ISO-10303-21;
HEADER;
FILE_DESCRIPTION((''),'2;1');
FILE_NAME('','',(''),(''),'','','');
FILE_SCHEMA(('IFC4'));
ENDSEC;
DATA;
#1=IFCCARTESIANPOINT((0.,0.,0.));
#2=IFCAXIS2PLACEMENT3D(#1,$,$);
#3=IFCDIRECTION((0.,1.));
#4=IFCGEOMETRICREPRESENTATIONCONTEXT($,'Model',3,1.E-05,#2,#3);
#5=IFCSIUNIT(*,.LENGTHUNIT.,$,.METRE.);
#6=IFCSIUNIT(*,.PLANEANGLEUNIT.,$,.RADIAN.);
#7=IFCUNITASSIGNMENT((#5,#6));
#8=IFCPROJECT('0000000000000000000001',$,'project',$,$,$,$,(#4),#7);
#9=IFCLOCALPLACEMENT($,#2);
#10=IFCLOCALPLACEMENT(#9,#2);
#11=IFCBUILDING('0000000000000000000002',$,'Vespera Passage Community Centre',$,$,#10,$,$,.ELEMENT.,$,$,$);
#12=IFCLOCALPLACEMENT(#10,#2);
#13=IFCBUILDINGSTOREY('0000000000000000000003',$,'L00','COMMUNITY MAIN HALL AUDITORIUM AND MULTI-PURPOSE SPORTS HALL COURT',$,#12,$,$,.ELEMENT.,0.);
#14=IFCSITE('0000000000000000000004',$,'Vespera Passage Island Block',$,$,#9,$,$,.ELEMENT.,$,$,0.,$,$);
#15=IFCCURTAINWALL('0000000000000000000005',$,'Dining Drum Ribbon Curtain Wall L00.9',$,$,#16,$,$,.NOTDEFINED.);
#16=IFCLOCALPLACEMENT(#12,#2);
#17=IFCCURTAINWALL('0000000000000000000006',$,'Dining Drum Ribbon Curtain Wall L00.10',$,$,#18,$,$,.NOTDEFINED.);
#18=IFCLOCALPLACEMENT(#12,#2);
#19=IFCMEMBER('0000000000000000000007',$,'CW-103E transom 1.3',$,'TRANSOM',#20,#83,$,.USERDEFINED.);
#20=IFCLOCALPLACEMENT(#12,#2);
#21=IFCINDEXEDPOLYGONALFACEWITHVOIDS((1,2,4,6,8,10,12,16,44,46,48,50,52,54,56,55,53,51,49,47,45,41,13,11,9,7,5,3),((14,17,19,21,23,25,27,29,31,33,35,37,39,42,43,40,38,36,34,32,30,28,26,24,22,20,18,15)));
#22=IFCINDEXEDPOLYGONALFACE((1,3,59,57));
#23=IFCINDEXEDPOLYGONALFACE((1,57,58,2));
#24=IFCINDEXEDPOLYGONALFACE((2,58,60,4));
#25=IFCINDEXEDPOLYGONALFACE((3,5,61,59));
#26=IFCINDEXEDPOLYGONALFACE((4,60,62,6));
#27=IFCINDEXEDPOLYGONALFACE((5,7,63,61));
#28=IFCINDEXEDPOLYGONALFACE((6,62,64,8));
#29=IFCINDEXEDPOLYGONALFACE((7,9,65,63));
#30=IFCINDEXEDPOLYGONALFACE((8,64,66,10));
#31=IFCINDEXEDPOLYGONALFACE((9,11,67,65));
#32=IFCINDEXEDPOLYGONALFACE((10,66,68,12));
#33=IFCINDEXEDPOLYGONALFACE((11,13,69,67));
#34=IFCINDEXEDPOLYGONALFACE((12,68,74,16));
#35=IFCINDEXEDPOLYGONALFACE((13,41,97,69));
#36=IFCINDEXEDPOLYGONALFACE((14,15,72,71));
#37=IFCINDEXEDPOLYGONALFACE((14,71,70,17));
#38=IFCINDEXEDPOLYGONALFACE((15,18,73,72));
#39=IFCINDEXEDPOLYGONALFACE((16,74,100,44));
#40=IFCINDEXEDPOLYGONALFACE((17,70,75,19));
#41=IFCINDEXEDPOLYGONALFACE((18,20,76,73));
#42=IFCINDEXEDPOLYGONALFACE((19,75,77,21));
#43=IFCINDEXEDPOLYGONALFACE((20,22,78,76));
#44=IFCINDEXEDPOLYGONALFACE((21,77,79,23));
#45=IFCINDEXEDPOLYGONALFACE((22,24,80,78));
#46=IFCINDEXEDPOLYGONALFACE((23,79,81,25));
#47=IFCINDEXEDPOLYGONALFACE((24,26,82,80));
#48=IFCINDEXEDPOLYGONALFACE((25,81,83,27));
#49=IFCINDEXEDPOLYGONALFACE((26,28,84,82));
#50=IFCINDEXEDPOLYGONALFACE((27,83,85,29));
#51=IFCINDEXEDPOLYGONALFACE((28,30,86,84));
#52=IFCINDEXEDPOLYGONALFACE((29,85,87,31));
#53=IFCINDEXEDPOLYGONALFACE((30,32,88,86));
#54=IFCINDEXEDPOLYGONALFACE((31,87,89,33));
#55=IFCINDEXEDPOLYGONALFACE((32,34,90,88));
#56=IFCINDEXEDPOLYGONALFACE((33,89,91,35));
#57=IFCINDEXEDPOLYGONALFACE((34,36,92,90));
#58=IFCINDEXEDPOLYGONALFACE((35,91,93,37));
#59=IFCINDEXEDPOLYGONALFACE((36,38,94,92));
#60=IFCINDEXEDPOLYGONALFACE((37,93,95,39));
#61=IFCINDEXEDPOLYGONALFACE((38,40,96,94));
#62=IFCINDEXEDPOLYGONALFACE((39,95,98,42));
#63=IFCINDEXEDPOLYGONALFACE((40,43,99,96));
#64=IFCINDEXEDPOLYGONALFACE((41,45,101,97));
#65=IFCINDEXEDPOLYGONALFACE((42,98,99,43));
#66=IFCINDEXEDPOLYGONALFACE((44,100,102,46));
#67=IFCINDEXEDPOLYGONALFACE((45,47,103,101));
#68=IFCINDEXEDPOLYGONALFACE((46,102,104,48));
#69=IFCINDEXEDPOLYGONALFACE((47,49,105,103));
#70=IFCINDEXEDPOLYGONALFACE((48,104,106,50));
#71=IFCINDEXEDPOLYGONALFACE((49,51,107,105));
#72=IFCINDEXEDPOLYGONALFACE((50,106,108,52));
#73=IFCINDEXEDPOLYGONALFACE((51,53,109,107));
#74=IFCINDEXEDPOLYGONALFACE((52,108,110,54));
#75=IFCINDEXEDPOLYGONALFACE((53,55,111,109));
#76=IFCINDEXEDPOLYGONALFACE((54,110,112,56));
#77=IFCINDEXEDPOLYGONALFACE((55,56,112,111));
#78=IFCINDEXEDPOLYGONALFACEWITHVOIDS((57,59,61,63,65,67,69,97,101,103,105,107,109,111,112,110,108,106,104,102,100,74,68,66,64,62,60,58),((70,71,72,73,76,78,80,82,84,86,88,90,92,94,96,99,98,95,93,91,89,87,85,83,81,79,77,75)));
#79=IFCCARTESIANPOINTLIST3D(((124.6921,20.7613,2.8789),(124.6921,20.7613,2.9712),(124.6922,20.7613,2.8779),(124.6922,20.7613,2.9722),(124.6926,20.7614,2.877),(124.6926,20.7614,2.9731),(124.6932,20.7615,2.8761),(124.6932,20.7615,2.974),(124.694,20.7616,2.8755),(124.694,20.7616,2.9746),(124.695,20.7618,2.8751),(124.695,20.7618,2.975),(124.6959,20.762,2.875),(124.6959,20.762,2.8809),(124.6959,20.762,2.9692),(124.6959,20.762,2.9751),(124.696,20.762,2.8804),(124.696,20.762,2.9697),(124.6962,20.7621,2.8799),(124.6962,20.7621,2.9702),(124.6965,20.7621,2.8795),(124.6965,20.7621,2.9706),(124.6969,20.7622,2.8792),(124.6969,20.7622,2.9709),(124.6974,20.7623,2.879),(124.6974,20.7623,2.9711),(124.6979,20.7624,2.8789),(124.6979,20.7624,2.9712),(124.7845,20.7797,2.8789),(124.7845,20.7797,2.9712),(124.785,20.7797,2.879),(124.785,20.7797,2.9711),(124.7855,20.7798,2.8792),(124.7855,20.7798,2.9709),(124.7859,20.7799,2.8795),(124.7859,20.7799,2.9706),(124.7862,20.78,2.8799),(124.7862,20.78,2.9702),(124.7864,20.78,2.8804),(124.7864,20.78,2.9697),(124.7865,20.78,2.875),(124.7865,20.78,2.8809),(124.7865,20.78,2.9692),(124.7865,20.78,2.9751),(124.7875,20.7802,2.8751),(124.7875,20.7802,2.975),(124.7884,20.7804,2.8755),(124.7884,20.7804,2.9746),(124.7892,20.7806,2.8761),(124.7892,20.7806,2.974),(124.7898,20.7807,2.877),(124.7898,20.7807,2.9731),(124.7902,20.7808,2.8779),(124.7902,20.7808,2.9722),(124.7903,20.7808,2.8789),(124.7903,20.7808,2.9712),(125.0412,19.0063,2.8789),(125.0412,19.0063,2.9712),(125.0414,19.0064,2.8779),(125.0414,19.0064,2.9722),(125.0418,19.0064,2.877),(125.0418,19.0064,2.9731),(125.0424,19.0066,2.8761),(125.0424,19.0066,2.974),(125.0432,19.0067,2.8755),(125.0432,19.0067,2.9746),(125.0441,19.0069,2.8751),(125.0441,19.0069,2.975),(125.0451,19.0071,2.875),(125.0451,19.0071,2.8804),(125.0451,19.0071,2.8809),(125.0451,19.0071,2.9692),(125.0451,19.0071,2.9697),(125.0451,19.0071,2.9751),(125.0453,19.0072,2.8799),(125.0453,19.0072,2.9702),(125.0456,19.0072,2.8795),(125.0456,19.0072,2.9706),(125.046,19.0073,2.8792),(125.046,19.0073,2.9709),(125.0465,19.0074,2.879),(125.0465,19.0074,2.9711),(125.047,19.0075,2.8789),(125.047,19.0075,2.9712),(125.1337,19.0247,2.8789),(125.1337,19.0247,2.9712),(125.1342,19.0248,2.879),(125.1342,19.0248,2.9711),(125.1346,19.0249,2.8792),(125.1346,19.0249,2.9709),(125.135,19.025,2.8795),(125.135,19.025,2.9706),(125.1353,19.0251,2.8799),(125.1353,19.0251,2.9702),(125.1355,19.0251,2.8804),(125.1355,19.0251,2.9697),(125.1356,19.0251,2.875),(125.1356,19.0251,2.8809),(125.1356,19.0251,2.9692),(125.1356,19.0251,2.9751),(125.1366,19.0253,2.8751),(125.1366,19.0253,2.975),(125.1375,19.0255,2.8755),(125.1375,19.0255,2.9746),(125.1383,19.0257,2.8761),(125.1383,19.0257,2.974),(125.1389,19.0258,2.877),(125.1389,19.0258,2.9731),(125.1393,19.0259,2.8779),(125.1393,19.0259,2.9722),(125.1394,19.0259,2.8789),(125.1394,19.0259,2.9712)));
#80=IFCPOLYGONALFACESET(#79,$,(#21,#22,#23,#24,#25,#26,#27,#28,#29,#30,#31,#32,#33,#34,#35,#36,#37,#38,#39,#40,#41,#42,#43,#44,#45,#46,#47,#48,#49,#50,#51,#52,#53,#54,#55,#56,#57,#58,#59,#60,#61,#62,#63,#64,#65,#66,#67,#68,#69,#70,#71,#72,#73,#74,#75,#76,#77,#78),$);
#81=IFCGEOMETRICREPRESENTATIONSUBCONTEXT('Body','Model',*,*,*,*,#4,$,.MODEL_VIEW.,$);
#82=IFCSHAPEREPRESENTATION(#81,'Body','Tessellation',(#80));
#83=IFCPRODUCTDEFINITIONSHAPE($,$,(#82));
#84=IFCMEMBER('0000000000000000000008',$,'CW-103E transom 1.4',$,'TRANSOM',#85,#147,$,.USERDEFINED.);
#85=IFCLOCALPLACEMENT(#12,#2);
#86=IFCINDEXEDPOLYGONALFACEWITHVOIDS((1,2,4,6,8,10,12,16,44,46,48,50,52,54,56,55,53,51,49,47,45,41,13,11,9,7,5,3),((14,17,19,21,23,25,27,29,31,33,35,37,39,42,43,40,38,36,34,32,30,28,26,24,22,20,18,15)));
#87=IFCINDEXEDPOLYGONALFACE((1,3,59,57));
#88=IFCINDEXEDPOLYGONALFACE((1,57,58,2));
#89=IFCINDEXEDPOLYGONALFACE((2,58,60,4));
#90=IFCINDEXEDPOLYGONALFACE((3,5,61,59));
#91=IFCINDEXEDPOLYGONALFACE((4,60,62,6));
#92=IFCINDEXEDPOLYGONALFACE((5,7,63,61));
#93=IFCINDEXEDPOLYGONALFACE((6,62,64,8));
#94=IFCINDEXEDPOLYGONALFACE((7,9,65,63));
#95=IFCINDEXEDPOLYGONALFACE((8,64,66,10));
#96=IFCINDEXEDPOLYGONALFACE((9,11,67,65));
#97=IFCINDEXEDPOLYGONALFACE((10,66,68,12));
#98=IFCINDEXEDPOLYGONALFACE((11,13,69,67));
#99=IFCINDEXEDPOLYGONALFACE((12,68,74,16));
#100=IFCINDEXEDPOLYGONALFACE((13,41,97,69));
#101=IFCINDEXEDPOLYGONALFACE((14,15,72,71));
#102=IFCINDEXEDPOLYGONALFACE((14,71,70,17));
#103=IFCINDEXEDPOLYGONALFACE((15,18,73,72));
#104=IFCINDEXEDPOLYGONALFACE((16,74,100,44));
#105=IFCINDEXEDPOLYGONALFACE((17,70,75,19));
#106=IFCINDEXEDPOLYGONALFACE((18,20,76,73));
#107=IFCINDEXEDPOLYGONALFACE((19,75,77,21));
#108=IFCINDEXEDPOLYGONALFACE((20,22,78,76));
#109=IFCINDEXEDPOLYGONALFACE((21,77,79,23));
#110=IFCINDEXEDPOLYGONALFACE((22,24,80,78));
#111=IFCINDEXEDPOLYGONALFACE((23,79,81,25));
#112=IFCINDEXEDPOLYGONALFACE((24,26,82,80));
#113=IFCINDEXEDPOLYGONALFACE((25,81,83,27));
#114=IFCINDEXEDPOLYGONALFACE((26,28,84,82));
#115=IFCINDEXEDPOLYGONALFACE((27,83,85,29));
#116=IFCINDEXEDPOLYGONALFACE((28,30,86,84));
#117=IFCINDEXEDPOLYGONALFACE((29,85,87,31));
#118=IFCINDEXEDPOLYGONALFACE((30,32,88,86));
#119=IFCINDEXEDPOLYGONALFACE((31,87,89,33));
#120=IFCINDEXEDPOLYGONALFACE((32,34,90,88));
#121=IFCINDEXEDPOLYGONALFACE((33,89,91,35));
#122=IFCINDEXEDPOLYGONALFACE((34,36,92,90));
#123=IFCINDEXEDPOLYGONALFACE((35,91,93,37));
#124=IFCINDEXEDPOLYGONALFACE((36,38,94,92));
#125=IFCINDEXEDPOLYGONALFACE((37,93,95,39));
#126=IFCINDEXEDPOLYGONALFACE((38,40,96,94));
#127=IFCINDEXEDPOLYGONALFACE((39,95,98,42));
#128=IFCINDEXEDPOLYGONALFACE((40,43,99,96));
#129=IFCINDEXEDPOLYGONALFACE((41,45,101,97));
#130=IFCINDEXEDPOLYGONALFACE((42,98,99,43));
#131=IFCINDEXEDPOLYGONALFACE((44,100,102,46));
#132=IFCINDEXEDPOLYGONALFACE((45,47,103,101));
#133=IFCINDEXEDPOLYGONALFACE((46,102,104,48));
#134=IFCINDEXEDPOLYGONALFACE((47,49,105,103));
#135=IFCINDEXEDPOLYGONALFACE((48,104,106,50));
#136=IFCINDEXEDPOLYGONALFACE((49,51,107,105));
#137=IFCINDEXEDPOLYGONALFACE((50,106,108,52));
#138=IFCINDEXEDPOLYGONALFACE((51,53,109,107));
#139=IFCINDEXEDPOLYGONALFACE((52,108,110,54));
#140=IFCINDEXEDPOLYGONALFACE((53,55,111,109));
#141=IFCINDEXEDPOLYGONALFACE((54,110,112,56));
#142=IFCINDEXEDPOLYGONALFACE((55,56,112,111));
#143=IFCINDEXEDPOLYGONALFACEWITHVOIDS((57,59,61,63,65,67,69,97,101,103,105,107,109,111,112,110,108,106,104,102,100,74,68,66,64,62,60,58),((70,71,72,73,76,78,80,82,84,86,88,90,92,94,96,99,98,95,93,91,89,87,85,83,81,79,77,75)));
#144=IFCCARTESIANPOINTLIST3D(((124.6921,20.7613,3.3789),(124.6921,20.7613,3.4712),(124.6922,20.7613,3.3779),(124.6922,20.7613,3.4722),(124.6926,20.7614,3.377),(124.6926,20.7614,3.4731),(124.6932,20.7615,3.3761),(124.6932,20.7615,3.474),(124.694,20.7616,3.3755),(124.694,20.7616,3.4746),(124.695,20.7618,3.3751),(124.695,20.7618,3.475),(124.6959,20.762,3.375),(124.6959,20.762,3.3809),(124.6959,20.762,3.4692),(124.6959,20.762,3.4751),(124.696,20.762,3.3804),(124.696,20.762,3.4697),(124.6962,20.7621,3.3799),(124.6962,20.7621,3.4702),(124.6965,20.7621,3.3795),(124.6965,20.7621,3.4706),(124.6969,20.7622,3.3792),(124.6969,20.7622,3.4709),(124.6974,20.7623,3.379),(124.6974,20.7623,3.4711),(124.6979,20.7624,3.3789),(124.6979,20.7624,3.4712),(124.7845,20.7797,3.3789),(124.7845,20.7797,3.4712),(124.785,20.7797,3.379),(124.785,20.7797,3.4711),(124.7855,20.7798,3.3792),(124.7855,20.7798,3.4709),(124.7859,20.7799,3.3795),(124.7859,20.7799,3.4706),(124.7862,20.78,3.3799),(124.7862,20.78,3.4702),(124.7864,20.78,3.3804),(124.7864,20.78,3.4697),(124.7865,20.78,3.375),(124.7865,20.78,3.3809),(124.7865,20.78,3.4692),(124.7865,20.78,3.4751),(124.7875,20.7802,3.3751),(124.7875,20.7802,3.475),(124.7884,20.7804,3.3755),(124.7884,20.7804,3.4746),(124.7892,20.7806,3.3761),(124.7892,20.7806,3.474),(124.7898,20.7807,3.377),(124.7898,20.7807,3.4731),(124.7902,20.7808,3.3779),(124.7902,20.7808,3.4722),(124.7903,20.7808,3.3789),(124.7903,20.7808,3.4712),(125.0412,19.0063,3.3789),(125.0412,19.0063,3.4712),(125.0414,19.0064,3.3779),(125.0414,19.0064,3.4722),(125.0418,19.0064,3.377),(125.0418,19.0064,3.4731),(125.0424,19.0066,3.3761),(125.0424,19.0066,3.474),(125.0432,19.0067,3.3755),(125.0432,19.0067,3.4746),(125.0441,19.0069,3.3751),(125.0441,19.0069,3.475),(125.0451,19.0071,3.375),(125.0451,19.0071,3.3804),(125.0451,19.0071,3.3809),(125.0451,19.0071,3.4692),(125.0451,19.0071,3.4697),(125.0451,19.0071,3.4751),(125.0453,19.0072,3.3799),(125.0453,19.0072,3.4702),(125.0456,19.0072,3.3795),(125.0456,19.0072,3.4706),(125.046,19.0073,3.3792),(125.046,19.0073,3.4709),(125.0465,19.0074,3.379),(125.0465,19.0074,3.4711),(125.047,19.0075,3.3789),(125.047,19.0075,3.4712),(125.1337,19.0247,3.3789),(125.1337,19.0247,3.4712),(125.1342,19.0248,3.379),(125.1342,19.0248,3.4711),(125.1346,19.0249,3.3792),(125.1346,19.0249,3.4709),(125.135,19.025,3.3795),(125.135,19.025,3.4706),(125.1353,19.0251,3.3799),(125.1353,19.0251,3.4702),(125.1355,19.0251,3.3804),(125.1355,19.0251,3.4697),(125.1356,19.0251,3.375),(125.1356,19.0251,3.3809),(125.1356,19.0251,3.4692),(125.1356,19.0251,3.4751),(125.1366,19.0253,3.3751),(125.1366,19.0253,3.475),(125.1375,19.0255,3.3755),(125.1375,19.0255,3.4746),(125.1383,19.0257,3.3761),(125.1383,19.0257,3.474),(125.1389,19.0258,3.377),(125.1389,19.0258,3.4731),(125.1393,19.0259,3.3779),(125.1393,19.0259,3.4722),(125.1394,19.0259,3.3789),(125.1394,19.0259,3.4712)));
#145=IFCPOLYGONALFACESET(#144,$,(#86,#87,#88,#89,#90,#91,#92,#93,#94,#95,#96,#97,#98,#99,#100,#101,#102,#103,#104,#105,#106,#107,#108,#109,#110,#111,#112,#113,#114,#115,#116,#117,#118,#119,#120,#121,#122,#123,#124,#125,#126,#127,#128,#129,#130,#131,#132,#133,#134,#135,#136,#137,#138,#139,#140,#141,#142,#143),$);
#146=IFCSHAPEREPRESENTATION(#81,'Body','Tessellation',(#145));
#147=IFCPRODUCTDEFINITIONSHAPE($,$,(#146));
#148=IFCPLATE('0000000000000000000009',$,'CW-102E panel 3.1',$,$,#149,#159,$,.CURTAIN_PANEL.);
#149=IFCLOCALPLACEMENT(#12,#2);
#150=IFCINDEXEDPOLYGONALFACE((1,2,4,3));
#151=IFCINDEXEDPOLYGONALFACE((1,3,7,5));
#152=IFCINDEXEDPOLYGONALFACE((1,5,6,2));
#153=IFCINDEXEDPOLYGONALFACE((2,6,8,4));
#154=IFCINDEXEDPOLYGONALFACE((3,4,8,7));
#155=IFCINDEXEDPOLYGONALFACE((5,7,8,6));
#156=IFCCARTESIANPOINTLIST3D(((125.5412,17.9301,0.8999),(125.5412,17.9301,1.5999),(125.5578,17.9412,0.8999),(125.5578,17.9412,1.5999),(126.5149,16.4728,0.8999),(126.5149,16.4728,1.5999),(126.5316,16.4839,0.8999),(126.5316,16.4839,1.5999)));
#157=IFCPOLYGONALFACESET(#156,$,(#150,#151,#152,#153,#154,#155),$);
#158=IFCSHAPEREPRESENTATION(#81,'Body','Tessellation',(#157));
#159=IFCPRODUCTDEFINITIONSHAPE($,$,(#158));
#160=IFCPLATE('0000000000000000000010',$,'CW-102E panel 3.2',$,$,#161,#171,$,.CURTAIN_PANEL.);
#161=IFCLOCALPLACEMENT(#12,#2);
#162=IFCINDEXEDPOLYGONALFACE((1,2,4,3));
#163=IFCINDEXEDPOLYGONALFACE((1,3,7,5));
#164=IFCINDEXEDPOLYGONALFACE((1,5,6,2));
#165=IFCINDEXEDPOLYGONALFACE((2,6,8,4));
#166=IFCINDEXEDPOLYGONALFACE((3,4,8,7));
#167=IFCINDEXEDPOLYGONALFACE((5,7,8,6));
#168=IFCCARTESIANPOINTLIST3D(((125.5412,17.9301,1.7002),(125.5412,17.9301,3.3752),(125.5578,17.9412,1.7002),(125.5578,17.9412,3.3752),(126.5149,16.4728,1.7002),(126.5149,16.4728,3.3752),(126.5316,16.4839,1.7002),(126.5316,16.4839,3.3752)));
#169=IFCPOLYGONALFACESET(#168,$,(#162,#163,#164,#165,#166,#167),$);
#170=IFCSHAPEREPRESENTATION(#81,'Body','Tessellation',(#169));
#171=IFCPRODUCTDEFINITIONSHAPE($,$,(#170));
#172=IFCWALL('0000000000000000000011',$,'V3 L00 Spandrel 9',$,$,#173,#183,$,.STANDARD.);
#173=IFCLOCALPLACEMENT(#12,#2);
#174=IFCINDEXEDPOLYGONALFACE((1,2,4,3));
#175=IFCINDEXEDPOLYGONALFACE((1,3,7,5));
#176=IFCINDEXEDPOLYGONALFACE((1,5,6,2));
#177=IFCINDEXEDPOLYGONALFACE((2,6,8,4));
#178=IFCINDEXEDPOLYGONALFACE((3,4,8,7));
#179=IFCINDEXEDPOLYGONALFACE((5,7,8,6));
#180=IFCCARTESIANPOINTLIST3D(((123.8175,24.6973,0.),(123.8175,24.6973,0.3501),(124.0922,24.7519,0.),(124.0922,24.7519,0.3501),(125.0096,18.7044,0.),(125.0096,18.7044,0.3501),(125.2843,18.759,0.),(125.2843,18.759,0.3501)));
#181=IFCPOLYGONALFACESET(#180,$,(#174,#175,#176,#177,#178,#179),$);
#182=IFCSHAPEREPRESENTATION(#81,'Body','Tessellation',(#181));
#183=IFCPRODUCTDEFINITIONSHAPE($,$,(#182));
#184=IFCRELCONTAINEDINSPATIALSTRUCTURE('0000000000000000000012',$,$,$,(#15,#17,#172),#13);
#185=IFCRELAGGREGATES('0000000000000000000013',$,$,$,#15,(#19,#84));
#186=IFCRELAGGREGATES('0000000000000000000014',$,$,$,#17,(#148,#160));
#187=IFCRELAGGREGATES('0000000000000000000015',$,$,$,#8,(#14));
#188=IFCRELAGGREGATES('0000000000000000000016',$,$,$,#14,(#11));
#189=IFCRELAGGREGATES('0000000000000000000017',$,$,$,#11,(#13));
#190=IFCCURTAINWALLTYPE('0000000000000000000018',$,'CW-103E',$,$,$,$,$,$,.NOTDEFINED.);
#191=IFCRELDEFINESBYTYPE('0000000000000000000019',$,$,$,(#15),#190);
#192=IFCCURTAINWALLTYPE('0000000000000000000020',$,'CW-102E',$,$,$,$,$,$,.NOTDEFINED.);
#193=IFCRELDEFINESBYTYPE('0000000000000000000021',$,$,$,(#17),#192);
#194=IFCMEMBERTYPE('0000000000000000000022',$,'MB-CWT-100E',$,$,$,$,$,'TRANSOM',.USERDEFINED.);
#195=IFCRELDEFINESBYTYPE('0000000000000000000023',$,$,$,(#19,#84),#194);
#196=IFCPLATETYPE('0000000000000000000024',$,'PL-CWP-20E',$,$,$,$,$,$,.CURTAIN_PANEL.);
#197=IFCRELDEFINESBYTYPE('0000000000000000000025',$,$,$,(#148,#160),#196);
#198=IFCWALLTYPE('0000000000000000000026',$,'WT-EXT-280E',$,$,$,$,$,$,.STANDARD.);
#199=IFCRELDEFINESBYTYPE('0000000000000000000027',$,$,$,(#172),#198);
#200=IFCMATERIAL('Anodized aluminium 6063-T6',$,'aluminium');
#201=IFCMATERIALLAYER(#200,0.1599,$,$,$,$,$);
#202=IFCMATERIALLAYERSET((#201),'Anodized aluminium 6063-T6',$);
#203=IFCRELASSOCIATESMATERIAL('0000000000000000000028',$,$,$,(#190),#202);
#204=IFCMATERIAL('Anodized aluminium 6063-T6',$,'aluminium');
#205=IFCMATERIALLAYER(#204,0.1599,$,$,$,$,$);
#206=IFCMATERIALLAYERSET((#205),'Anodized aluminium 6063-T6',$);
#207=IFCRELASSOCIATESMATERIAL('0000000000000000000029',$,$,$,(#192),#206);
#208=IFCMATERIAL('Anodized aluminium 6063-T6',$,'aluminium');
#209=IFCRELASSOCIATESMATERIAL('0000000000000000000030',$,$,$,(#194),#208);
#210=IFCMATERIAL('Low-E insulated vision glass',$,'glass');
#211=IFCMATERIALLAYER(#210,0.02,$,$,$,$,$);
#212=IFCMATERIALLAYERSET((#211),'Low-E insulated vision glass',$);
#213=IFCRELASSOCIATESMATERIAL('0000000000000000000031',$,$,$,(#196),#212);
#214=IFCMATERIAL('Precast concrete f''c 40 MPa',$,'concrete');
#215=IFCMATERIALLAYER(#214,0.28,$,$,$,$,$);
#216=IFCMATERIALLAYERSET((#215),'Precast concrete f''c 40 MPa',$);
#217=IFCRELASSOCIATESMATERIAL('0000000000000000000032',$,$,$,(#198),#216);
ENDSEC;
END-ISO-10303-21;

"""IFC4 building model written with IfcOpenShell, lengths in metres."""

from ifc_helpers import new_model, si_unit, direction, frame, frame_2d, origin, origin_2d, place, context, subcontext, project, spatial, rectangle, hollow_rectangle, extrude, material, layer, layer_set, material_profile, profile_set, type_object, element, aggregate, save


model = new_model("IFC4")

# Units and contexts
model_context = context("Model", 3, precision=1e-05, world=origin(), true_north=direction((0.0, 1.0)))
body_context = subcontext(model_context, "Body", "Model", "MODEL_VIEW")
ifc_project = project(units=[si_unit("LENGTHUNIT", "METRE"), si_unit("PLANEANGLEUNIT", "RADIAN")], contexts=[model_context])

# Site, building, storey
site_placement = place(None, origin())
site = spatial("IfcSite", under=ifc_project, at=site_placement, Name="Vespera Passage Island Block", CompositionType="ELEMENT", RefElevation=0.0)
building_placement = place(site_placement, origin())
building = spatial("IfcBuilding", under=site, at=building_placement, Name="Vespera Passage Community Centre", CompositionType="ELEMENT")
storey_placement = place(building_placement, origin())
storey = spatial("IfcBuildingStorey", under=building, at=storey_placement, Name="L00", Description="COMMUNITY MAIN HALL AUDITORIUM AND MULTI-PURPOSE SPORTS HALL COURT", CompositionType="ELEMENT", Elevation=0.0)

# Curtain walls
ifc_material_1 = material(Name="Anodized aluminium 6063-T6", Category="aluminium")
ifc_layer_1 = layer(ifc_material_1, 0.1599)
ifc_layer_set_1 = layer_set([ifc_layer_1], Name="Anodized aluminium 6063-T6")
curtain_wall_type_1 = type_object("IfcCurtainWallType", Name="CW-103E", PredefinedType="NOTDEFINED", material=ifc_layer_set_1)
curtain_wall_1_placement = place(storey_placement, origin())
curtain_wall_1 = element("IfcCurtainWall", 1, at=curtain_wall_1_placement, inside=storey, type_object=curtain_wall_type_1, Name="Dining Drum Ribbon Curtain Wall L00.9", PredefinedType="NOTDEFINED")
ifc_material_2 = material(Name="Anodized aluminium 6063-T6", Category="aluminium")
ifc_layer_2 = layer(ifc_material_2, 0.1599)
ifc_layer_set_2 = layer_set([ifc_layer_2], Name="Anodized aluminium 6063-T6")
curtain_wall_type_2 = type_object("IfcCurtainWallType", Name="CW-102E", PredefinedType="NOTDEFINED", material=ifc_layer_set_2)
curtain_wall_2_placement = place(storey_placement, origin())
curtain_wall_2 = element("IfcCurtainWall", 2, at=curtain_wall_2_placement, inside=storey, type_object=curtain_wall_type_2, Name="Dining Drum Ribbon Curtain Wall L00.10", PredefinedType="NOTDEFINED")

# Members
ifc_material_3 = material(Name="Anodized aluminium 6063-T6", Category="aluminium")
ifc_material_profile_1 = material_profile(ifc_material_3, hollow_rectangle(XDim=0.1001, YDim=0.1001, WallThickness=0.0039, InnerFilletRadius=0.002, OuterFilletRadius=0.0039, at=origin_2d()), Name="ALU100X100X4")
ifc_profile_set_1 = profile_set([ifc_material_profile_1], Name="Anodized aluminium 6063-T6")
member_type_1 = type_object("IfcMemberType", Name="MB-CWT-100E", ElementType="TRANSOM", PredefinedType="USERDEFINED", material=ifc_profile_set_1)
member_1_placement = place(storey_placement, frame((125.0903, 19.0161, 2.925), z_axis=(-0.195119, 0.98078, 0.0), x_axis=(-0.98078, -0.195119, 0.0)))
member_1 = element("IfcMember", 3, at=member_1_placement, type_object=member_type_1, Name="CW-103E transom 1.3", ObjectType="TRANSOM", PredefinedType="USERDEFINED", context=body_context, shape_type="SweptSolid", body=[
    extrude(hollow_rectangle(XDim=0.1001, YDim=0.1001, WallThickness=0.0039, InnerFilletRadius=0.002, OuterFilletRadius=0.0039, at=origin_2d()), origin(), (0.0, 0.0, 1.0), 1.7893),
])
member_2_placement = place(storey_placement, frame((125.0903, 19.0161, 3.425), z_axis=(-0.195119, 0.98078, 0.0), x_axis=(-0.98078, -0.195119, 0.0)))
member_2 = element("IfcMember", 4, at=member_2_placement, type_object=member_type_1, Name="CW-103E transom 1.4", ObjectType="TRANSOM", PredefinedType="USERDEFINED", context=body_context, shape_type="SweptSolid", body=[
    extrude(hollow_rectangle(XDim=0.1001, YDim=0.1001, WallThickness=0.0039, InnerFilletRadius=0.002, OuterFilletRadius=0.0039, at=origin_2d()), origin(), (0.0, 0.0, 1.0), 1.7893),
])
aggregate(curtain_wall_1, [member_1, member_2])

# Plates
ifc_material_4 = material(Name="Low-E insulated vision glass", Category="glass")
ifc_layer_3 = layer(ifc_material_4, 0.02)
ifc_layer_set_3 = layer_set([ifc_layer_3], Name="Low-E insulated vision glass")
plate_type = type_object("IfcPlateType", Name="PL-CWP-20E", PredefinedType="CURTAIN_PANEL", material=ifc_layer_set_3)
plate_1_placement = place(storey_placement, frame((126.0364, 17.207, 0.8999), z_axis=(0.0, 0.0, 1.0), x_axis=(-0.555565, 0.831473, 0.0)))
plate_1 = element("IfcPlate", 5, at=plate_1_placement, type_object=plate_type, Name="CW-102E panel 3.1", PredefinedType="CURTAIN_PANEL", context=body_context, shape_type="SweptSolid", body=[
    extrude(rectangle(XDim=1.7527, YDim=0.02, at=origin_2d()), origin(), (0.0, 0.0, 1.0), 0.7),
])
plate_2_placement = place(storey_placement, frame((126.0364, 17.207, 1.7002), z_axis=(0.0, 0.0, 1.0), x_axis=(-0.555565, 0.831473, 0.0)))
plate_2 = element("IfcPlate", 6, at=plate_2_placement, type_object=plate_type, Name="CW-102E panel 3.2", PredefinedType="CURTAIN_PANEL", context=body_context, shape_type="SweptSolid", body=[
    extrude(rectangle(XDim=1.7527, YDim=0.02, at=origin_2d()), origin(), (0.0, 0.0, 1.0), 1.675),
])
aggregate(curtain_wall_2, [plate_1, plate_2])

# Wall
ifc_material_5 = material(Name="Precast concrete f'c 40 MPa", Category="concrete")
ifc_layer_4 = layer(ifc_material_5, 0.28)
ifc_layer_set_4 = layer_set([ifc_layer_4], Name="Precast concrete f'c 40 MPa")
wall_type = type_object("IfcWallType", Name="WT-EXT-280E", PredefinedType="STANDARD", material=ifc_layer_set_4)
wall_placement = place(storey_placement, frame((125.147, 18.7317, 0.0), z_axis=(0.0, 0.0, 1.0), x_axis=(-0.195102, 0.980783, 0.0)))
element("IfcWall", 7, at=wall_placement, inside=storey, type_object=wall_type, Name="V3 L00 Spandrel 9", PredefinedType="STANDARD", context=body_context, shape_type="SweptSolid", body=[
    extrude(rectangle(XDim=6.1104, YDim=0.28, at=frame_2d((3.0552, 0.0))), origin(), (0.0, 0.0, 1.0), 0.3501),
])

save(model, "model.ifc")
